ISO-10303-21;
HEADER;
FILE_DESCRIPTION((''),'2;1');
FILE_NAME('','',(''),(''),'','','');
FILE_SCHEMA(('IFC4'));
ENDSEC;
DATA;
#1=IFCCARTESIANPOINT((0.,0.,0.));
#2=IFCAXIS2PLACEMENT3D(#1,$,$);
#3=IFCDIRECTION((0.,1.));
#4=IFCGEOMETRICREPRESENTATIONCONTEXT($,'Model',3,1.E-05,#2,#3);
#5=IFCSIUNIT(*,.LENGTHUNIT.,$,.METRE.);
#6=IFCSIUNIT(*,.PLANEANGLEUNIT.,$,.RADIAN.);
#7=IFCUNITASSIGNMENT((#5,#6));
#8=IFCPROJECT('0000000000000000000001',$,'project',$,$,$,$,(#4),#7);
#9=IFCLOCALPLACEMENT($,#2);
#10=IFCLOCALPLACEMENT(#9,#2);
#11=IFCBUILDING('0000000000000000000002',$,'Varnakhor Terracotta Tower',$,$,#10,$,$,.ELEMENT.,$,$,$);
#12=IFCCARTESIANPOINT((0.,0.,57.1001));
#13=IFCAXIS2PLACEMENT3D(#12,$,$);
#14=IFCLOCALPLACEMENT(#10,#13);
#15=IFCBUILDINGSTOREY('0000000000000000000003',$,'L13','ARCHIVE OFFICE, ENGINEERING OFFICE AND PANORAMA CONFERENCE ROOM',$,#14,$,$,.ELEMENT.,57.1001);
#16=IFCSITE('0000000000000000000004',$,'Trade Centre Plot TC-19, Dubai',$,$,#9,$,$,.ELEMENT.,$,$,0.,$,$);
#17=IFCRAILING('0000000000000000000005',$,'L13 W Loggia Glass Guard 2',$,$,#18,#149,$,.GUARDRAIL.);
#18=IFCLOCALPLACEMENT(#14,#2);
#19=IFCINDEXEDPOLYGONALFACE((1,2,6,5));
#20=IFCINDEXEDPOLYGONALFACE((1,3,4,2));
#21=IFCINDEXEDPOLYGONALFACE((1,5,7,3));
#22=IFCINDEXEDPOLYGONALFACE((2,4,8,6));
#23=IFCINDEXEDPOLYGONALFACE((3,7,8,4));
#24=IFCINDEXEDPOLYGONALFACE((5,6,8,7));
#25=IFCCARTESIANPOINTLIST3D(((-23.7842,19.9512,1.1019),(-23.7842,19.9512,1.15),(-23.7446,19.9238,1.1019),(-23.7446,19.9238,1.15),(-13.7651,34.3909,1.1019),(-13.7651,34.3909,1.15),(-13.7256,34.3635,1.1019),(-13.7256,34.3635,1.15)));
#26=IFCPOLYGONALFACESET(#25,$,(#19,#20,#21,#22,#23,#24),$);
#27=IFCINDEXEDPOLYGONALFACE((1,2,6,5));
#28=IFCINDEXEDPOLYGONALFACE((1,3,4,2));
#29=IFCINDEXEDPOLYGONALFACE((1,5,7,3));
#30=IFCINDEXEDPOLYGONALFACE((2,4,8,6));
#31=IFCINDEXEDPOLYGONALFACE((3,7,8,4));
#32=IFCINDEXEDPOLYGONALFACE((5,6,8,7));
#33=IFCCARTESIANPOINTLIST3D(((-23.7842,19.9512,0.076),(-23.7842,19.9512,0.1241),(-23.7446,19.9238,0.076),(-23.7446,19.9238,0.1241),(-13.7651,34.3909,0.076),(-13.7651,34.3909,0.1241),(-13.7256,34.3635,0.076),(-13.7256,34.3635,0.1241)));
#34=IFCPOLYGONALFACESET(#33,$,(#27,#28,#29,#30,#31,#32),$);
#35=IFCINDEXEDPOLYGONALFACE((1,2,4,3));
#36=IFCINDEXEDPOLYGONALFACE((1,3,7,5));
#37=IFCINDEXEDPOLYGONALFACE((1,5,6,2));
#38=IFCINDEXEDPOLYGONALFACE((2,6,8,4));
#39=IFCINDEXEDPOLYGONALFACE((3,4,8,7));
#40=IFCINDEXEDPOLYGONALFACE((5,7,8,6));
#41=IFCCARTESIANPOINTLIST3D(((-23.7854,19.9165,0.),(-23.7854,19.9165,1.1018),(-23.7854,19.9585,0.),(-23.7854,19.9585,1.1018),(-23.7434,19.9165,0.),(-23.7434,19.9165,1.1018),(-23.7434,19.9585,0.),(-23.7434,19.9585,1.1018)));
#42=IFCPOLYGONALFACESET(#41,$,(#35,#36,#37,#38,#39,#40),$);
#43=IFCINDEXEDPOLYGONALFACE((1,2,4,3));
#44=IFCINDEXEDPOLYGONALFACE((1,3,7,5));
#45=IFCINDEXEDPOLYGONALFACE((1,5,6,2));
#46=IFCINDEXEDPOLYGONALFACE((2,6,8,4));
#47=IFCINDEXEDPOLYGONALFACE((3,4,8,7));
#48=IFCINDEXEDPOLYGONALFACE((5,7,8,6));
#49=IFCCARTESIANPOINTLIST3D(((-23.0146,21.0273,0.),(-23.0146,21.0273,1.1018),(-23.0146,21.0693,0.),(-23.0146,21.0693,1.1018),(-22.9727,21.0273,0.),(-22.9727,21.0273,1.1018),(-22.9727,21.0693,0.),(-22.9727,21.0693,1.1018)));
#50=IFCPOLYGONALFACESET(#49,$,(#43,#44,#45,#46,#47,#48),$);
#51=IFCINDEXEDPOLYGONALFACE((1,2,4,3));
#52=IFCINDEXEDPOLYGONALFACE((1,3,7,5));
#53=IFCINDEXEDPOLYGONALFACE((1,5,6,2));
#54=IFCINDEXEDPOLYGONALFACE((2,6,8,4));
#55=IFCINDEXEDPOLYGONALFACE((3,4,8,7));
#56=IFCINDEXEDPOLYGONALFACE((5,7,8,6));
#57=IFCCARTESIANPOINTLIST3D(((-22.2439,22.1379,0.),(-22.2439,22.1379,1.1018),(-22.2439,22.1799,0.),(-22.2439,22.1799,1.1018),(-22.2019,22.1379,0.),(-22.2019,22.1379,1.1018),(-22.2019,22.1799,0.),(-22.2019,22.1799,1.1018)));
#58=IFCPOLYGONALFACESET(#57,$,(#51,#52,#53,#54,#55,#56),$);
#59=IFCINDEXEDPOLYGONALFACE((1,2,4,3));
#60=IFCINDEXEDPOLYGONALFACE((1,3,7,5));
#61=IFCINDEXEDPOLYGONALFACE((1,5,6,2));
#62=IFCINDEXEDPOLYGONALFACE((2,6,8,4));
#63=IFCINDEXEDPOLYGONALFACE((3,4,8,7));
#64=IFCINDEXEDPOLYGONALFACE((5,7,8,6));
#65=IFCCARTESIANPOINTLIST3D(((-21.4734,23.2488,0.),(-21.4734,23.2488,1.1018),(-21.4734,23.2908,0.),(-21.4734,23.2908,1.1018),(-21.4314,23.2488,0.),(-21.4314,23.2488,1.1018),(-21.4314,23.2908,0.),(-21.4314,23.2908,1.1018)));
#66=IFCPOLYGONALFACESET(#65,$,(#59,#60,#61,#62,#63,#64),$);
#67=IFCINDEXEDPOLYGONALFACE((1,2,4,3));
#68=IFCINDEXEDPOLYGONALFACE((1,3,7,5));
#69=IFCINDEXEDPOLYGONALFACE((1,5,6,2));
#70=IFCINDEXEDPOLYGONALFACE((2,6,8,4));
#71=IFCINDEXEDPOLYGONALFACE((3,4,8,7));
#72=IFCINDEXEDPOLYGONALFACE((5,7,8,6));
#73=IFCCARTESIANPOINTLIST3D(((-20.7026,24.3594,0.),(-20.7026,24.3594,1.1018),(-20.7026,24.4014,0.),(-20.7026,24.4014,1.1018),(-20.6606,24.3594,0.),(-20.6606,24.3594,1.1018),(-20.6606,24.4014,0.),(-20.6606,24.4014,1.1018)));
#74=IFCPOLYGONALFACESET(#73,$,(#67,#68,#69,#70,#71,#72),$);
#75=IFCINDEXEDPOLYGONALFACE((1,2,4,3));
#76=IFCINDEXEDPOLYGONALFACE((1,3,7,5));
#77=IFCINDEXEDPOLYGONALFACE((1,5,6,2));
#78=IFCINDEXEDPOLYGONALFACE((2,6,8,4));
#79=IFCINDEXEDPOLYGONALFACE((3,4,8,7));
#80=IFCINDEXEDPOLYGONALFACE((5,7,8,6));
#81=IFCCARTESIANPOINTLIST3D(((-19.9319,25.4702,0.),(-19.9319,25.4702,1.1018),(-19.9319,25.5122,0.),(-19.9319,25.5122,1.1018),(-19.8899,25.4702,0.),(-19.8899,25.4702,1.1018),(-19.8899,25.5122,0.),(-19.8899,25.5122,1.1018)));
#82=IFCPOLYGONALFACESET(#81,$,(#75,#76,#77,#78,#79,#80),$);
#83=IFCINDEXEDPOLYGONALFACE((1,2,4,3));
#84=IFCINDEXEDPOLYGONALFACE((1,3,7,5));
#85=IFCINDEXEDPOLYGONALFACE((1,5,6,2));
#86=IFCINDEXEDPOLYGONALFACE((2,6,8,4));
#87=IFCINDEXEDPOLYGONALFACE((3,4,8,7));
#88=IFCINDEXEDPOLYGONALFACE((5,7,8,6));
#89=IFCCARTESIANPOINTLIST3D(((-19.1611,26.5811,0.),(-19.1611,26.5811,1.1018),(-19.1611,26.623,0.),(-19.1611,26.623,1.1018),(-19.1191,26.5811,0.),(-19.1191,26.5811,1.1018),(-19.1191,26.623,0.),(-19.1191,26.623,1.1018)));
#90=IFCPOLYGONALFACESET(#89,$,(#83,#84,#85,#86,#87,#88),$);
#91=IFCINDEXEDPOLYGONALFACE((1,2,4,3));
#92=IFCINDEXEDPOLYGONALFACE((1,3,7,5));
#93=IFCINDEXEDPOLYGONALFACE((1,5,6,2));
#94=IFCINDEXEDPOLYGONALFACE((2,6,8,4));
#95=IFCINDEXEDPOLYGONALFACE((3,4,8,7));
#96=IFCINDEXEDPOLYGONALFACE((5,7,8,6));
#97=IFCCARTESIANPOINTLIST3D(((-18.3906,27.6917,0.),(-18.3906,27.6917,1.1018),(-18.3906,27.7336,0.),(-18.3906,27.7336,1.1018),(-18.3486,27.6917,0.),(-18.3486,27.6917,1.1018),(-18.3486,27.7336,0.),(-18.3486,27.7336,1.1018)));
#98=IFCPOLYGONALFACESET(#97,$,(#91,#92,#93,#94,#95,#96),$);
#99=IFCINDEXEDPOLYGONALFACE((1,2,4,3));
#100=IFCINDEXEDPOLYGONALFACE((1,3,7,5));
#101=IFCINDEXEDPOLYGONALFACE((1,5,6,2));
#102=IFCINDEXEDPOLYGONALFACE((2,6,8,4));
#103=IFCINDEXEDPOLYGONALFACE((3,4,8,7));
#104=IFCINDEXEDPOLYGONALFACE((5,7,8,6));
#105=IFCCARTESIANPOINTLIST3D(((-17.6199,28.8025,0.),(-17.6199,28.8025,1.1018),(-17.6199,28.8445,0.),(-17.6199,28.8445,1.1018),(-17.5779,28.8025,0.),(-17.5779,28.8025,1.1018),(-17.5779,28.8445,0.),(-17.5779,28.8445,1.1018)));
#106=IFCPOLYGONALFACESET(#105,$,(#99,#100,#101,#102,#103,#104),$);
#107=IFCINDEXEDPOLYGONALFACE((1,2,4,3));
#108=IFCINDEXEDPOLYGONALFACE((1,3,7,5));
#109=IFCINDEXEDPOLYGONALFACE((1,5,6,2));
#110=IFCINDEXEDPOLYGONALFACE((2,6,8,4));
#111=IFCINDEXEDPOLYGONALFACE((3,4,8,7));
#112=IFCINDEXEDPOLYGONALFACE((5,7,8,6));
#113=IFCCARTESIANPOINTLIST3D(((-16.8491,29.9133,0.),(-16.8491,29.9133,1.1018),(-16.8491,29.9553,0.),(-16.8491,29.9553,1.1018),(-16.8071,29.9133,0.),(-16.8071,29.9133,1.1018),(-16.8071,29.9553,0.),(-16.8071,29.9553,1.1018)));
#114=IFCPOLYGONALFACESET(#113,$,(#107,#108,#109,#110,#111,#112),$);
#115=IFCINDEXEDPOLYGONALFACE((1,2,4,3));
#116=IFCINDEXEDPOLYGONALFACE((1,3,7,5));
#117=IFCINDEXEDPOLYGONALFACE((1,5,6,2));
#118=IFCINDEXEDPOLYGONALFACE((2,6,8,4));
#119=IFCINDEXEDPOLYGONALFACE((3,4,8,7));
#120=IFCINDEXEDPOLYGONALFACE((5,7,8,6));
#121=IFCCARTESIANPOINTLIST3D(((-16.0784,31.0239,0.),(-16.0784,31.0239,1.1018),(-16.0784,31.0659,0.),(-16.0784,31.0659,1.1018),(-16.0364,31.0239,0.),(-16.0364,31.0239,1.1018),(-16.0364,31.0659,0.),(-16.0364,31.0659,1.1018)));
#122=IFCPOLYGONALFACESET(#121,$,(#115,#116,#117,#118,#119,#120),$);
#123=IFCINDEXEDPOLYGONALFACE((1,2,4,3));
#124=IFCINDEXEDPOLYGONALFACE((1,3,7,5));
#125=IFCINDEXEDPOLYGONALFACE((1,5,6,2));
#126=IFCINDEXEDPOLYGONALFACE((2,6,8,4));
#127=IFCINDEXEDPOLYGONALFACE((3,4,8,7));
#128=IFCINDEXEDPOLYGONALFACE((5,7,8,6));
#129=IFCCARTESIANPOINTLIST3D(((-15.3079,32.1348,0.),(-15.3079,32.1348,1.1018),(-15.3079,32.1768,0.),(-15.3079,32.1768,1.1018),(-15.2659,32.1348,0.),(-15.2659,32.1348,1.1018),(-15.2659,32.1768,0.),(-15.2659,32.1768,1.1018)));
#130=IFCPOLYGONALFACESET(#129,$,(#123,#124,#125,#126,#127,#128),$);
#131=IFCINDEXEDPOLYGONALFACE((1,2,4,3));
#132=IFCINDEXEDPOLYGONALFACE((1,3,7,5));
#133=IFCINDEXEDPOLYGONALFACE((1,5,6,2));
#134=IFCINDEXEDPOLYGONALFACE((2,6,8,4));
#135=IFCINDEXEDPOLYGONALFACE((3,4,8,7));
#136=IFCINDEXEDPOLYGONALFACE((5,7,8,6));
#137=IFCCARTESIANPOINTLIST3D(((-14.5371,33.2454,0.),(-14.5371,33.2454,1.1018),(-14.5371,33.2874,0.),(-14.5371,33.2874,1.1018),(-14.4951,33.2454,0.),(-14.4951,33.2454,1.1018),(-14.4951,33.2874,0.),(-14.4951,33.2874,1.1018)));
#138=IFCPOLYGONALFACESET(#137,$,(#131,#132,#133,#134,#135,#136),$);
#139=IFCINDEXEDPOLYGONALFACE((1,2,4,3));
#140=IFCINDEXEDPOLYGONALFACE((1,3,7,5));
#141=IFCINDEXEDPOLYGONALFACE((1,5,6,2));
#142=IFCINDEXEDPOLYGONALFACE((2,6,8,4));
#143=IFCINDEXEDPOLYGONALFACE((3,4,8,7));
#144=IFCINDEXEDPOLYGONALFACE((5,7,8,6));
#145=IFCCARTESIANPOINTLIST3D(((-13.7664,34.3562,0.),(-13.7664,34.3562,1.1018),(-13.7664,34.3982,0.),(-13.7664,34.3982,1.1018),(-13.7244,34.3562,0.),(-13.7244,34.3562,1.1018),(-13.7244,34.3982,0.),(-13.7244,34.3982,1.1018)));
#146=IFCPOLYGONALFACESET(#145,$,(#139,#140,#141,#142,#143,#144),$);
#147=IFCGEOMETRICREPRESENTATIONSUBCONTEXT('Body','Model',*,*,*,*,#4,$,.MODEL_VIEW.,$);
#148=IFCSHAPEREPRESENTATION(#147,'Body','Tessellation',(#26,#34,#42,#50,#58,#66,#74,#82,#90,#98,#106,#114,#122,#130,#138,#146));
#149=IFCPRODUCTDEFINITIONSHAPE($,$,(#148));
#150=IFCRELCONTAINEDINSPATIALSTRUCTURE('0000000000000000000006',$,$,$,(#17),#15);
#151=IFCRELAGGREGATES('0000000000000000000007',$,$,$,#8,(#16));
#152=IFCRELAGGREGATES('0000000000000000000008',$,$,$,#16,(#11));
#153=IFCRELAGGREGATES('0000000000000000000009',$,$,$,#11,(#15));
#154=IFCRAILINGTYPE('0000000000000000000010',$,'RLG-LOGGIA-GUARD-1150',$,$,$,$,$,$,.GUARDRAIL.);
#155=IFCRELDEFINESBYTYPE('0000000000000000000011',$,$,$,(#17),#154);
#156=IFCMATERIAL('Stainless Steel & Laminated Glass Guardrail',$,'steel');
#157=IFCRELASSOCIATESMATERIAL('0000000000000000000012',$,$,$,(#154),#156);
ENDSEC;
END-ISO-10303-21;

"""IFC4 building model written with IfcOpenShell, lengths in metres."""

from ifc_helpers import new_model, si_unit, direction, frame, origin, origin_2d, place, context, subcontext, project, spatial, rectangle, extrude, material, type_object, element, save


model = new_model("IFC4")

# Units and contexts
model_context = context("Model", 3, precision=1e-05, world=origin(), true_north=direction((0.0, 1.0)))
body_context = subcontext(model_context, "Body", "Model", "MODEL_VIEW")
ifc_project = project(units=[si_unit("LENGTHUNIT", "METRE"), si_unit("PLANEANGLEUNIT", "RADIAN")], contexts=[model_context])

# Site, building, storey
site_placement = place(None, origin())
site = spatial("IfcSite", under=ifc_project, at=site_placement, Name="Trade Centre Plot TC-19, Dubai", CompositionType="ELEMENT", RefElevation=0.0)
building_placement = place(site_placement, origin())
building = spatial("IfcBuilding", under=site, at=building_placement, Name="Varnakhor Terracotta Tower", CompositionType="ELEMENT")
storey_placement = place(building_placement, frame((0.0, 0.0, 57.1001)))
storey = spatial("IfcBuildingStorey", under=building, at=storey_placement, Name="L13", Description="ARCHIVE OFFICE, ENGINEERING OFFICE AND PANORAMA CONFERENCE ROOM", CompositionType="ELEMENT", Elevation=57.1001)

# Railing
ifc_material_1 = material(Name="Stainless Steel & Laminated Glass Guardrail", Category="steel")
railing_type = type_object("IfcRailingType", Name="RLG-LOGGIA-GUARD-1150", PredefinedType="GUARDRAIL", material=ifc_material_1)
railing_1_placement = place(storey_placement, frame((-23.7644, 19.9375, 0.0)))
element("IfcRailing", 1, at=railing_1_placement, inside=storey, type_object=railing_type, Name="L13 W Loggia Glass Guard 2", PredefinedType="GUARDRAIL", context=body_context, shape_type="SweptSolid", body=[
    extrude(rectangle(XDim=0.0481, YDim=0.0481, at=origin_2d()), frame((0.0, 0.0, 1.126), z_axis=(0.570069, 0.821597, 0.0), x_axis=(-0.821597, 0.570069, 0.0)), (0.0, 0.0, 1.0), 17.5752),
    extrude(rectangle(XDim=0.0481, YDim=0.0481, at=origin_2d()), frame((0.0, 0.0, 0.1001), z_axis=(0.570069, 0.821597, 0.0), x_axis=(-0.821597, 0.570069, 0.0)), (0.0, 0.0, 1.0), 17.5752),
    extrude(rectangle(XDim=0.042, YDim=0.042, at=origin_2d()), origin(), (0.0, 0.0, 1.0), 1.1018),
    extrude(rectangle(XDim=0.042, YDim=0.042, at=origin_2d()), frame((0.7708, 1.1108, 0.0)), (0.0, 0.0, 1.0), 1.1018),
    extrude(rectangle(XDim=0.042, YDim=0.042, at=origin_2d()), frame((1.5415, 2.2214, 0.0)), (0.0, 0.0, 1.0), 1.1018),
    extrude(rectangle(XDim=0.042, YDim=0.042, at=origin_2d()), frame((2.312, 3.3323, 0.0)), (0.0, 0.0, 1.0), 1.1018),
    extrude(rectangle(XDim=0.042, YDim=0.042, at=origin_2d()), frame((3.0828, 4.4429, 0.0)), (0.0, 0.0, 1.0), 1.1018),
    extrude(rectangle(XDim=0.042, YDim=0.042, at=origin_2d()), frame((3.8535, 5.5537, 0.0)), (0.0, 0.0, 1.0), 1.1018),
    extrude(rectangle(XDim=0.042, YDim=0.042, at=origin_2d()), frame((4.6243, 6.6646, 0.0)), (0.0, 0.0, 1.0), 1.1018),
    extrude(rectangle(XDim=0.042, YDim=0.042, at=origin_2d()), frame((5.3948, 7.7751, 0.0)), (0.0, 0.0, 1.0), 1.1018),
    extrude(rectangle(XDim=0.042, YDim=0.042, at=origin_2d()), frame((6.1655, 8.886, 0.0)), (0.0, 0.0, 1.0), 1.1018),
    extrude(rectangle(XDim=0.042, YDim=0.042, at=origin_2d()), frame((6.9363, 9.9968, 0.0)), (0.0, 0.0, 1.0), 1.1018),
    extrude(rectangle(XDim=0.042, YDim=0.042, at=origin_2d()), frame((7.707, 11.1074, 0.0)), (0.0, 0.0, 1.0), 1.1018),
    extrude(rectangle(XDim=0.042, YDim=0.042, at=origin_2d()), frame((8.4775, 12.2183, 0.0)), (0.0, 0.0, 1.0), 1.1018),
    extrude(rectangle(XDim=0.042, YDim=0.042, at=origin_2d()), frame((9.2483, 13.3289, 0.0)), (0.0, 0.0, 1.0), 1.1018),
    extrude(rectangle(XDim=0.042, YDim=0.042, at=origin_2d()), frame((10.019, 14.4397, 0.0)), (0.0, 0.0, 1.0), 1.1018),
])

save(model, "model.ifc")
